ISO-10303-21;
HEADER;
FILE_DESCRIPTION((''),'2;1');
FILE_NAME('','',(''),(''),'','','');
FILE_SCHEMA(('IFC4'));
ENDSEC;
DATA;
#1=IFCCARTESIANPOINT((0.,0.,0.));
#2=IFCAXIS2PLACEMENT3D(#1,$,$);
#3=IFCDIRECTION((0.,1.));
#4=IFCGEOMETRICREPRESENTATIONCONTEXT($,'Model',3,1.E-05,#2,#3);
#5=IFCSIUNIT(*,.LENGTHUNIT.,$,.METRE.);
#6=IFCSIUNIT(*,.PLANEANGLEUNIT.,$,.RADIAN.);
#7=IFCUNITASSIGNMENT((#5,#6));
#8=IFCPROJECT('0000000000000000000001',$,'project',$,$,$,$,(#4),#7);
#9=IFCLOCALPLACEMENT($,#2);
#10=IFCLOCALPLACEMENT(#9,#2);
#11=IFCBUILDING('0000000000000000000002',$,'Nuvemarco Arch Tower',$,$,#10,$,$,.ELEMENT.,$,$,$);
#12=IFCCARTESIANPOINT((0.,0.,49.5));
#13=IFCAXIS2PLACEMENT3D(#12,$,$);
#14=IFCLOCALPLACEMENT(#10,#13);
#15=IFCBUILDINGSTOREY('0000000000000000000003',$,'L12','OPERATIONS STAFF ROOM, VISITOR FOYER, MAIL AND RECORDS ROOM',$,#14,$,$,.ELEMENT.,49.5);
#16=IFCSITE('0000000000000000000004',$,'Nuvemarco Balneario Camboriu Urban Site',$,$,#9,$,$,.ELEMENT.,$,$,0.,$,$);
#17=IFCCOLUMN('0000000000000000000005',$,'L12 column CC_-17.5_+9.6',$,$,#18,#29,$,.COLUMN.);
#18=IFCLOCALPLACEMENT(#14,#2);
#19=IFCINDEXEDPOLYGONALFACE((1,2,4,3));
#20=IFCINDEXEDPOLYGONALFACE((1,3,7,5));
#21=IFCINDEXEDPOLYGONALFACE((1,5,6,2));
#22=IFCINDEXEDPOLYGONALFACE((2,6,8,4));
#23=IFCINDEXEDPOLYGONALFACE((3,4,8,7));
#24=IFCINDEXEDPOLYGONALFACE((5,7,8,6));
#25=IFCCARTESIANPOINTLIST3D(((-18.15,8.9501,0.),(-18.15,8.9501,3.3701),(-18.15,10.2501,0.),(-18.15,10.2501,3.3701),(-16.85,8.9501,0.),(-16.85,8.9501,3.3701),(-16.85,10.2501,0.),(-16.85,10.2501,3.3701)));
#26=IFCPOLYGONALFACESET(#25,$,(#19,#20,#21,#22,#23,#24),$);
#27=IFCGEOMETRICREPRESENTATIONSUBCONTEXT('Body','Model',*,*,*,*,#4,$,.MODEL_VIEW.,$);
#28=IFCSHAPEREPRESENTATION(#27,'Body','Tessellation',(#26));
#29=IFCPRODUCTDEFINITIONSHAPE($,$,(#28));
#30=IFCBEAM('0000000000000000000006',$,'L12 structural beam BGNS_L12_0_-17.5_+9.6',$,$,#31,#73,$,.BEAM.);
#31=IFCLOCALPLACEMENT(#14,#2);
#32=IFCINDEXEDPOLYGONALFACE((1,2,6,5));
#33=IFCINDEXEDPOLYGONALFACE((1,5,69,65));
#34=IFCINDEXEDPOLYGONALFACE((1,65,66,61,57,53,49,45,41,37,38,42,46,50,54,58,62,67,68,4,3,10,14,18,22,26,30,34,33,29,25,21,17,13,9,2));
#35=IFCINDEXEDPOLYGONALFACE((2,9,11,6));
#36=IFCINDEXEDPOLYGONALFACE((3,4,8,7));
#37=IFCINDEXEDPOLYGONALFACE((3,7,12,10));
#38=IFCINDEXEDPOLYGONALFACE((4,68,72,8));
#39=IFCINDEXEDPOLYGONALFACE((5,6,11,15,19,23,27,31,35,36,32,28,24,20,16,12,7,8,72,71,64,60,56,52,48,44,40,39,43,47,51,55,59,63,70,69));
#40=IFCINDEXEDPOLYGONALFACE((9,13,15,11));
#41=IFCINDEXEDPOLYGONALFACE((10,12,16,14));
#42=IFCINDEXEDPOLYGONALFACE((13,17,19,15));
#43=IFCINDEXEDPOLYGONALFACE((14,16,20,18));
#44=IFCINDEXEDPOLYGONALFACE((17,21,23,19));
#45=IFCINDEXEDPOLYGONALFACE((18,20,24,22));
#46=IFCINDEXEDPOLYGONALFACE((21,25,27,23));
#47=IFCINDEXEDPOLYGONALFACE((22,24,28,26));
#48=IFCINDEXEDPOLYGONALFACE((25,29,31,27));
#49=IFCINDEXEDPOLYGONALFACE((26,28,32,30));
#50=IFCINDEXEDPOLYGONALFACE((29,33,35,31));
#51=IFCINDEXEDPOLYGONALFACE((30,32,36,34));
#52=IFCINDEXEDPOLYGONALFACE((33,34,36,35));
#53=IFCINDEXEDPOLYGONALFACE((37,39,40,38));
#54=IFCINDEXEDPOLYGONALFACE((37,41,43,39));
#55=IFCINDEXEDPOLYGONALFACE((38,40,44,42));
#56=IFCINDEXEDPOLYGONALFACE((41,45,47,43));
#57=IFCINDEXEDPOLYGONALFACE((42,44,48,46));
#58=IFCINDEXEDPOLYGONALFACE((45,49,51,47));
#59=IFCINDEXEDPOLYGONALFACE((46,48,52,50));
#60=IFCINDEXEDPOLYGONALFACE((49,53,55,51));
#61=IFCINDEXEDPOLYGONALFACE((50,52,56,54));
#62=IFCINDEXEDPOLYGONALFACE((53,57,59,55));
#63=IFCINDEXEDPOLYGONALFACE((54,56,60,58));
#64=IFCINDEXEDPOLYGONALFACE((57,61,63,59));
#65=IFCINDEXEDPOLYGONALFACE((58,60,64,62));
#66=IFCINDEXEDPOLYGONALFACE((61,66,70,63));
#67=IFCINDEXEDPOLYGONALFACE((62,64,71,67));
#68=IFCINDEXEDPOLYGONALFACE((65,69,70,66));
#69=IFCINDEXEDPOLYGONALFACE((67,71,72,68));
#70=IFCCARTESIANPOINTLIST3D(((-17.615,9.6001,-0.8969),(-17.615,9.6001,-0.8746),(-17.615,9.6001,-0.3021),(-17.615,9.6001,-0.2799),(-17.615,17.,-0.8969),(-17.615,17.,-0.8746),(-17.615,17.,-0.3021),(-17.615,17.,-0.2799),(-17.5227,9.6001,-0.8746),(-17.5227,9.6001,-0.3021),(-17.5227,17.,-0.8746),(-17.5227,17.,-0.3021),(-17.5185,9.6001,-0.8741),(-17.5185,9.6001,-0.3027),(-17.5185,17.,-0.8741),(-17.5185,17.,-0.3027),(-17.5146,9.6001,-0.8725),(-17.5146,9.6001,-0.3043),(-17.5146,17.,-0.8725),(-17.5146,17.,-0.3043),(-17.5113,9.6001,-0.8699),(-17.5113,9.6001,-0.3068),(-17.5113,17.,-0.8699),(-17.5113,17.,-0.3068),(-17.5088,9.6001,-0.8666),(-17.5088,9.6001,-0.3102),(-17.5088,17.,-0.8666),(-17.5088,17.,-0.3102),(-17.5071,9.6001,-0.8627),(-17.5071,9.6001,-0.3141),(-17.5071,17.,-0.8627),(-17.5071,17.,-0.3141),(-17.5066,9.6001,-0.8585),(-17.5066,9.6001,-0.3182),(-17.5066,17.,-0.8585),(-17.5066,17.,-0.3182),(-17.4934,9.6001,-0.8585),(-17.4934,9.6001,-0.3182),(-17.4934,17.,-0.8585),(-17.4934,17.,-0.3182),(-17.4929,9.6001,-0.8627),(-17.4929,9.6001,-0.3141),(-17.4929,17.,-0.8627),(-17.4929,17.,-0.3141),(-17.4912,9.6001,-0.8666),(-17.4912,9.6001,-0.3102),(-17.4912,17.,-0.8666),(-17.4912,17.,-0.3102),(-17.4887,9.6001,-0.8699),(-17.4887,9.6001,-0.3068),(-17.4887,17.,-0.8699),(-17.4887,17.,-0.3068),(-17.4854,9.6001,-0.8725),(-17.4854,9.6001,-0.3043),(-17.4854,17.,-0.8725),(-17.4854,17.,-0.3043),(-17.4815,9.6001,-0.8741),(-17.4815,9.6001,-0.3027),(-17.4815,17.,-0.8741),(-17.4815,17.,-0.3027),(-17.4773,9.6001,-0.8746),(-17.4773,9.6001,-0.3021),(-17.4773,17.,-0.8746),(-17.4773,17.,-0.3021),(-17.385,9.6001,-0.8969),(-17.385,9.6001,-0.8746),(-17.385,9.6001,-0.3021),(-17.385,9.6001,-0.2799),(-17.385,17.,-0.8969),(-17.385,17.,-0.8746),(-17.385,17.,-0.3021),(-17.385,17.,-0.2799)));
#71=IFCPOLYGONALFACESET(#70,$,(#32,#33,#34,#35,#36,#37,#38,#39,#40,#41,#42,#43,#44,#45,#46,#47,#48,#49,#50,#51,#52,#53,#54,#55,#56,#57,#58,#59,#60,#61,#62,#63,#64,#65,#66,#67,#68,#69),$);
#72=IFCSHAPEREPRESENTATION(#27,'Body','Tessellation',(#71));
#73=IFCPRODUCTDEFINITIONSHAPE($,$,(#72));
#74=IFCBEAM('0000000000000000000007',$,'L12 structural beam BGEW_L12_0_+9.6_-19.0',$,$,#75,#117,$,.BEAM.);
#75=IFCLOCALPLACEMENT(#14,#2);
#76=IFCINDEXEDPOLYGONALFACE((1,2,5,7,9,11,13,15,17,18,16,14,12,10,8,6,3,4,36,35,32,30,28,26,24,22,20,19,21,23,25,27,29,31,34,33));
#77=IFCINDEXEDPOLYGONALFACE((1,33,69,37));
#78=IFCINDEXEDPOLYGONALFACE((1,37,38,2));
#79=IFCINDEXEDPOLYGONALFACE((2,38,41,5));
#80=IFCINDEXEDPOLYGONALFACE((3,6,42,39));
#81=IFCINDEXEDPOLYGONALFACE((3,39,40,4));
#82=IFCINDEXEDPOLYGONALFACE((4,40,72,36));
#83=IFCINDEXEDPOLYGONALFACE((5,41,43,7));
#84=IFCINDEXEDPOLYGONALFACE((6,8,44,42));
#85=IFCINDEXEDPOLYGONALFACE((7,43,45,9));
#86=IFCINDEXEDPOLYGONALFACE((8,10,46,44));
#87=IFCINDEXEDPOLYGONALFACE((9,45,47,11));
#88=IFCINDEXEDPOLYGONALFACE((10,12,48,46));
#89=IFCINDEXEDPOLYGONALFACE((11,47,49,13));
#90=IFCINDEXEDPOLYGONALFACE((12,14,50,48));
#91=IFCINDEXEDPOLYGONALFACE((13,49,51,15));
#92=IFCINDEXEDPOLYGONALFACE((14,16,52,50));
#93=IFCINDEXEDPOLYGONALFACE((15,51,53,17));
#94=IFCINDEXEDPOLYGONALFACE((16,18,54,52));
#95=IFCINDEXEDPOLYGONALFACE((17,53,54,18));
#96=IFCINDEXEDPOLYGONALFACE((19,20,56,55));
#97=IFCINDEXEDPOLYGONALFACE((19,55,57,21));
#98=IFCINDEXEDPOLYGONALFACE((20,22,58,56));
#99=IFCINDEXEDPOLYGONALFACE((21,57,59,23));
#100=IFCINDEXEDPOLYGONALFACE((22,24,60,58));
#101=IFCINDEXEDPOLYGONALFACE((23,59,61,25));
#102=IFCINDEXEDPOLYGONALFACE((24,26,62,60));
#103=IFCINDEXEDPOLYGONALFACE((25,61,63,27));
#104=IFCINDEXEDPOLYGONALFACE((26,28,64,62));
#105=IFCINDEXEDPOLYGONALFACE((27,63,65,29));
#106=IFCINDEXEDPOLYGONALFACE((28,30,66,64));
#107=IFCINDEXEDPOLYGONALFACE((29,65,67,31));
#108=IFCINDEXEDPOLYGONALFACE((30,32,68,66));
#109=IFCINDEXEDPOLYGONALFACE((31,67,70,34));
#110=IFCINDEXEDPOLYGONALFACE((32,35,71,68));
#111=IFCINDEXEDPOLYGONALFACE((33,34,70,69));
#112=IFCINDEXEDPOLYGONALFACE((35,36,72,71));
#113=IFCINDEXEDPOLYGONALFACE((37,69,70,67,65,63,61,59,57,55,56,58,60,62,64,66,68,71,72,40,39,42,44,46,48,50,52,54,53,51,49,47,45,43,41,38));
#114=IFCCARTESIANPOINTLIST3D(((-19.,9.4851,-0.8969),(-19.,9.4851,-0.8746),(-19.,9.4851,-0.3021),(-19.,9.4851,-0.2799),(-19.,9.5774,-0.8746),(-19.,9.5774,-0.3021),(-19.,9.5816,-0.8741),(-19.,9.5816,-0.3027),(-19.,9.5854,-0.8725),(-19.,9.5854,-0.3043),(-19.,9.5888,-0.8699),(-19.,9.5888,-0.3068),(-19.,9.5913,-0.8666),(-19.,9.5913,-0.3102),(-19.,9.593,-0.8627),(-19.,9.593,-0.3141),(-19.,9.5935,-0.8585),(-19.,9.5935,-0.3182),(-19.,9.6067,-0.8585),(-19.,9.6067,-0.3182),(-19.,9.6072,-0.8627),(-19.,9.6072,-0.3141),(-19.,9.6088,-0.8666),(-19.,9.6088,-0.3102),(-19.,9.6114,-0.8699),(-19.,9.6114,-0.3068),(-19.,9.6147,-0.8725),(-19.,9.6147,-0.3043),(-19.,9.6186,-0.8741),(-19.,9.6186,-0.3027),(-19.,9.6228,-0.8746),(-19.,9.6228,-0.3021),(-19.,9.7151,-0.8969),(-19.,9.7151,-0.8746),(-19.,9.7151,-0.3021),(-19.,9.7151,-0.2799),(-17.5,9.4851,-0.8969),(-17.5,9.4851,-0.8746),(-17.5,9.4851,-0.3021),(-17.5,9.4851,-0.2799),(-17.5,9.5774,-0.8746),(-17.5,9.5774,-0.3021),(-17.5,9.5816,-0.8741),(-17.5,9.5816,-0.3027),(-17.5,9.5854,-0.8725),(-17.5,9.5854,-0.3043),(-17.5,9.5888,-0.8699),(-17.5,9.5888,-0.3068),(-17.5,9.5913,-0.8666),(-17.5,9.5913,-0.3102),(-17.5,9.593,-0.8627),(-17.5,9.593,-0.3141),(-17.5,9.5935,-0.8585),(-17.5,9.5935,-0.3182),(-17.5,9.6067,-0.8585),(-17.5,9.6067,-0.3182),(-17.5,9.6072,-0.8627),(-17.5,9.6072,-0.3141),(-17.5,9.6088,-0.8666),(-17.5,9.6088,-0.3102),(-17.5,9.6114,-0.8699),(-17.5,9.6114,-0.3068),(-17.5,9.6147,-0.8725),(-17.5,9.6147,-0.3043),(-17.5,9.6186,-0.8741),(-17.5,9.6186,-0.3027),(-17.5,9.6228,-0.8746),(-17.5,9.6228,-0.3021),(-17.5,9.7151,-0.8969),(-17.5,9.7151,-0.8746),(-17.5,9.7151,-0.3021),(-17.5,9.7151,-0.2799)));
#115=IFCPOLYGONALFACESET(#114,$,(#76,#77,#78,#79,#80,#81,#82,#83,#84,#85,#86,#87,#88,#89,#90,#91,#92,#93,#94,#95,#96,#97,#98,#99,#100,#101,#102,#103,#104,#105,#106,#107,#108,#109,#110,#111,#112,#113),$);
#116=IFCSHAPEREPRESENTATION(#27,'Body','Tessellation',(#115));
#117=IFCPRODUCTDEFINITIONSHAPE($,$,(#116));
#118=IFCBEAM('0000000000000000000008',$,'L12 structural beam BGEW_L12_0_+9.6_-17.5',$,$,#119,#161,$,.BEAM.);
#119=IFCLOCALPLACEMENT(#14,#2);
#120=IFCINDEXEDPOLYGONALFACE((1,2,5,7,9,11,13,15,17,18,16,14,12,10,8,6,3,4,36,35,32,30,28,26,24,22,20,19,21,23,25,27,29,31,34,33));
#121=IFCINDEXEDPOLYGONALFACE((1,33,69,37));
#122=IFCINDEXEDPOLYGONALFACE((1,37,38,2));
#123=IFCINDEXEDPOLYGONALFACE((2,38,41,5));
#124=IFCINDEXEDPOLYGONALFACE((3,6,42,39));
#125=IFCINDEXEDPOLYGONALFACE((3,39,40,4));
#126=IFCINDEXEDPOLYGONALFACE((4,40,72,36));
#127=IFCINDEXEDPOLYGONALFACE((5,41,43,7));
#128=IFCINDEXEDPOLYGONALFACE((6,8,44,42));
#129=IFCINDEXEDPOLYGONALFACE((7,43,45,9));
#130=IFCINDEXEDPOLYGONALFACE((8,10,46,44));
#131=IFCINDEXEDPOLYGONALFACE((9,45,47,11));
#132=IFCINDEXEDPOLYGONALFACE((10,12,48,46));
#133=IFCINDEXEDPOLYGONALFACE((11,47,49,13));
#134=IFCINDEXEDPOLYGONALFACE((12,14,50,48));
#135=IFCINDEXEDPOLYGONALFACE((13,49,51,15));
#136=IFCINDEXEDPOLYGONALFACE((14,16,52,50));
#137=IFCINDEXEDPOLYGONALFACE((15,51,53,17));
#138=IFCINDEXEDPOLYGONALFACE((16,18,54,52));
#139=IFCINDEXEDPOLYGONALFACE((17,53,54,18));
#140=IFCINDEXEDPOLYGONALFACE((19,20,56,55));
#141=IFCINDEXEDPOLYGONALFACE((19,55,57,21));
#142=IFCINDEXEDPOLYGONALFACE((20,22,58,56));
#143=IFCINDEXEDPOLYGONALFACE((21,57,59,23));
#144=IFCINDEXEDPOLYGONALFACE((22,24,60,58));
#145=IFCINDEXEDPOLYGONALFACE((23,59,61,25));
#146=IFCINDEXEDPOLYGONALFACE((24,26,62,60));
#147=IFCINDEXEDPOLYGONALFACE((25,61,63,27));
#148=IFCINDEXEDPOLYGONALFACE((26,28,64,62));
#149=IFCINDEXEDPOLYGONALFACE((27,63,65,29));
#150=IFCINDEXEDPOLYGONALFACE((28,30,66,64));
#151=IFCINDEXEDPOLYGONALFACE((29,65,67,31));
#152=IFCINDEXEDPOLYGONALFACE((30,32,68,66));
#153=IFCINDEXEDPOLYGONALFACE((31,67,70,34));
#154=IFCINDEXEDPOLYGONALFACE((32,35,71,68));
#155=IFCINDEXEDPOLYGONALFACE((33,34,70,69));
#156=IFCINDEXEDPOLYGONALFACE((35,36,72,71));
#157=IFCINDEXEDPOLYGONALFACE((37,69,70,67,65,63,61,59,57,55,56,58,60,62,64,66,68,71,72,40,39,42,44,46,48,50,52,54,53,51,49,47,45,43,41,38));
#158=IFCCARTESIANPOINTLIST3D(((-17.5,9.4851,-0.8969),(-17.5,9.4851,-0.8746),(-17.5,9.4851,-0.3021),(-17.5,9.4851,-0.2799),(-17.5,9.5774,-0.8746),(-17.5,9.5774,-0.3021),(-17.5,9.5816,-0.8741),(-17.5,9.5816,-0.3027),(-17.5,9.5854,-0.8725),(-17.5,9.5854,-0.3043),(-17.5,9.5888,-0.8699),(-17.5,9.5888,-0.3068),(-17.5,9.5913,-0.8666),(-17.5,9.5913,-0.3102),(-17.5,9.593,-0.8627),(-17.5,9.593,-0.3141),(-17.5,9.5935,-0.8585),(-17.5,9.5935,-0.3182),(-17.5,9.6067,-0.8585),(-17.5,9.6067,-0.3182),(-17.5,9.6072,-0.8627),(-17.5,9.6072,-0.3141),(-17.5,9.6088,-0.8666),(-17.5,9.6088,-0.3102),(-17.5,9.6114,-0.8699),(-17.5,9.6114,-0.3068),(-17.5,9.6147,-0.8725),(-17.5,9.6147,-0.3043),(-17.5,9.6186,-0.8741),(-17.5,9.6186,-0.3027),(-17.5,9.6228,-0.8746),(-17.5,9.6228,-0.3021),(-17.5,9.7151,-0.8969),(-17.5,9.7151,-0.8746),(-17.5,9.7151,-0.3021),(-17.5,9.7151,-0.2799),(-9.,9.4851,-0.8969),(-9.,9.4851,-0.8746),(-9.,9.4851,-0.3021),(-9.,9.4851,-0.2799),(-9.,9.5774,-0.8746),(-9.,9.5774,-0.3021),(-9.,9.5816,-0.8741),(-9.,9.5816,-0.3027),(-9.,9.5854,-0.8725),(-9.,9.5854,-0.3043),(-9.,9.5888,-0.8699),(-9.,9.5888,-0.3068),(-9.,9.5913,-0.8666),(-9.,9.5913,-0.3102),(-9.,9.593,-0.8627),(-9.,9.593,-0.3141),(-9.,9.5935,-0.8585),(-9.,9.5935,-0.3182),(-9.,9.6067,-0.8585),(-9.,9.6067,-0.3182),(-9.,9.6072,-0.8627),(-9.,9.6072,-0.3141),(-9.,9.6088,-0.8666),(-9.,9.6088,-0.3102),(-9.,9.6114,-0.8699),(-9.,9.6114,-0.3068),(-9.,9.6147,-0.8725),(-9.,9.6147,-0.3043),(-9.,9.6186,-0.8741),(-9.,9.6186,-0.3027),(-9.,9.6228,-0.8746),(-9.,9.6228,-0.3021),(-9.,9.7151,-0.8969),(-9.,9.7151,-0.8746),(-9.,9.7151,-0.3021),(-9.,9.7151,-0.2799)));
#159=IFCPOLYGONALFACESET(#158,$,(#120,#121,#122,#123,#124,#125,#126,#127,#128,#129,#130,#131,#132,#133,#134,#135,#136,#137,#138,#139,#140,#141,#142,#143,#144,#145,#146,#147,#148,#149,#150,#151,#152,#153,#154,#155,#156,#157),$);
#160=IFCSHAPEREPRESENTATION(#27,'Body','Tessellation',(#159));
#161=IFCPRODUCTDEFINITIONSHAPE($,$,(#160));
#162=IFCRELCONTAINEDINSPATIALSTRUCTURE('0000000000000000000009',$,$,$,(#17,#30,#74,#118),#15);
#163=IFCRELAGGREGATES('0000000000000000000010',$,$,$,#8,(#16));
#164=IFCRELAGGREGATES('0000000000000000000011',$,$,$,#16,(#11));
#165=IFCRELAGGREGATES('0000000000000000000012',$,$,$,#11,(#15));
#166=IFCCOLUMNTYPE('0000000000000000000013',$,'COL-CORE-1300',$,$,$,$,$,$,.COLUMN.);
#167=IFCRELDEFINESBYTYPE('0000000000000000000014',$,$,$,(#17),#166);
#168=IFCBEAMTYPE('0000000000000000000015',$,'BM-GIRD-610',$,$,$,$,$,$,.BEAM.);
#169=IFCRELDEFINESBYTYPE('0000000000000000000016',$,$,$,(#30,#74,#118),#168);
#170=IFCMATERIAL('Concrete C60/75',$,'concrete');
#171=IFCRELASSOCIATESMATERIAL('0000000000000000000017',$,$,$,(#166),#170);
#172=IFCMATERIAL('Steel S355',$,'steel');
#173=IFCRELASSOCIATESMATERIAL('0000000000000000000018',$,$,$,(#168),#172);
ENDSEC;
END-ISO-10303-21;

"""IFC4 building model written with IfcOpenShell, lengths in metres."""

from ifc_helpers import new_model, si_unit, direction, frame, origin, origin_2d, place, context, subcontext, project, spatial, rectangle, i_section, extrude, material, material_profile, profile_set, type_object, element, save


model = new_model("IFC4")

# Units and contexts
model_context = context("Model", 3, precision=1e-05, world=origin(), true_north=direction((0.0, 1.0)))
body_context = subcontext(model_context, "Body", "Model", "MODEL_VIEW")
ifc_project = project(units=[si_unit("LENGTHUNIT", "METRE"), si_unit("PLANEANGLEUNIT", "RADIAN")], contexts=[model_context])

# Site, building, storey
site_placement = place(None, origin())
site = spatial("IfcSite", under=ifc_project, at=site_placement, Name="Nuvemarco Balneario Camboriu Urban Site", CompositionType="ELEMENT", RefElevation=0.0)
building_placement = place(site_placement, origin())
building = spatial("IfcBuilding", under=site, at=building_placement, Name="Nuvemarco Arch Tower", CompositionType="ELEMENT")
storey_placement = place(building_placement, frame((0.0, 0.0, 49.5)))
storey = spatial("IfcBuildingStorey", under=building, at=storey_placement, Name="L12", Description="OPERATIONS STAFF ROOM, VISITOR FOYER, MAIL AND RECORDS ROOM", CompositionType="ELEMENT", Elevation=49.5)

# Column
ifc_material_1 = material(Name="Concrete C60/75", Category="concrete")
ifc_material_profile_1 = material_profile(ifc_material_1, rectangle(XDim=1.3, YDim=1.3, at=origin_2d()), Name="RC-COL-1300x1300")
ifc_profile_set_1 = profile_set([ifc_material_profile_1], Name="Concrete C60/75")
column_type = type_object("IfcColumnType", Name="COL-CORE-1300", PredefinedType="COLUMN", material=ifc_profile_set_1)
column_placement = place(storey_placement, frame((-17.5, 9.6001, 0.0), z_axis=(0.0, 0.0, 1.0), x_axis=(1.0, 0.0, 0.0)))
element("IfcColumn", 1, at=column_placement, inside=storey, type_object=column_type, Name="L12 column CC_-17.5_+9.6", PredefinedType="COLUMN", context=body_context, shape_type="SweptSolid", body=[
    extrude(rectangle(XDim=1.3, YDim=1.3, at=origin_2d()), origin(), (0.0, 0.0, 1.0), 3.3701),
])

# Beams
ifc_material_2 = material(Name="Steel S355", Category="steel")
ifc_material_profile_2 = material_profile(ifc_material_2, i_section(OverallWidth=0.23, OverallDepth=0.6169, WebThickness=0.0132, FlangeThickness=0.0222, FilletRadius=0.0161, at=origin_2d()), Name="W610x140")
ifc_profile_set_2 = profile_set([ifc_material_profile_2], Name="Steel S355")
beam_type_1 = type_object("IfcBeamType", Name="BM-GIRD-610", PredefinedType="BEAM", material=ifc_profile_set_2)
beam_1_placement = place(storey_placement, frame((-17.5, 9.6001, -0.5884), z_axis=(0.0, 1.0, 0.0), x_axis=(-1.0, 0.0, 0.0)))
element("IfcBeam", 2, at=beam_1_placement, inside=storey, type_object=beam_type_1, Name="L12 structural beam BGNS_L12_0_-17.5_+9.6", PredefinedType="BEAM", context=body_context, shape_type="SweptSolid", body=[
    extrude(i_section(OverallWidth=0.23, OverallDepth=0.6169, WebThickness=0.0132, FlangeThickness=0.0222, FilletRadius=0.0161, at=origin_2d()), origin(), (0.0, 0.0, 1.0), 7.3999),
])
beam_2_placement = place(storey_placement, frame((-19.0, 9.6001, -0.5884), z_axis=(1.0, 0.0, 0.0), x_axis=(0.0, 1.0, 0.0)))
element("IfcBeam", 3, at=beam_2_placement, inside=storey, type_object=beam_type_1, Name="L12 structural beam BGEW_L12_0_+9.6_-19.0", PredefinedType="BEAM", context=body_context, shape_type="SweptSolid", body=[
    extrude(i_section(OverallWidth=0.23, OverallDepth=0.6169, WebThickness=0.0132, FlangeThickness=0.0222, FilletRadius=0.0161, at=origin_2d()), origin(), (0.0, 0.0, 1.0), 1.5),
])
beam_3_placement = place(storey_placement, frame((-17.5, 9.6001, -0.5884), z_axis=(1.0, 0.0, 0.0), x_axis=(0.0, 1.0, 0.0)))
element("IfcBeam", 4, at=beam_3_placement, inside=storey, type_object=beam_type_1, Name="L12 structural beam BGEW_L12_0_+9.6_-17.5", PredefinedType="BEAM", context=body_context, shape_type="SweptSolid", body=[
    extrude(i_section(OverallWidth=0.23, OverallDepth=0.6169, WebThickness=0.0132, FlangeThickness=0.0222, FilletRadius=0.0161, at=origin_2d()), origin(), (0.0, 0.0, 1.0), 8.5),
])

save(model, "model.ifc")
